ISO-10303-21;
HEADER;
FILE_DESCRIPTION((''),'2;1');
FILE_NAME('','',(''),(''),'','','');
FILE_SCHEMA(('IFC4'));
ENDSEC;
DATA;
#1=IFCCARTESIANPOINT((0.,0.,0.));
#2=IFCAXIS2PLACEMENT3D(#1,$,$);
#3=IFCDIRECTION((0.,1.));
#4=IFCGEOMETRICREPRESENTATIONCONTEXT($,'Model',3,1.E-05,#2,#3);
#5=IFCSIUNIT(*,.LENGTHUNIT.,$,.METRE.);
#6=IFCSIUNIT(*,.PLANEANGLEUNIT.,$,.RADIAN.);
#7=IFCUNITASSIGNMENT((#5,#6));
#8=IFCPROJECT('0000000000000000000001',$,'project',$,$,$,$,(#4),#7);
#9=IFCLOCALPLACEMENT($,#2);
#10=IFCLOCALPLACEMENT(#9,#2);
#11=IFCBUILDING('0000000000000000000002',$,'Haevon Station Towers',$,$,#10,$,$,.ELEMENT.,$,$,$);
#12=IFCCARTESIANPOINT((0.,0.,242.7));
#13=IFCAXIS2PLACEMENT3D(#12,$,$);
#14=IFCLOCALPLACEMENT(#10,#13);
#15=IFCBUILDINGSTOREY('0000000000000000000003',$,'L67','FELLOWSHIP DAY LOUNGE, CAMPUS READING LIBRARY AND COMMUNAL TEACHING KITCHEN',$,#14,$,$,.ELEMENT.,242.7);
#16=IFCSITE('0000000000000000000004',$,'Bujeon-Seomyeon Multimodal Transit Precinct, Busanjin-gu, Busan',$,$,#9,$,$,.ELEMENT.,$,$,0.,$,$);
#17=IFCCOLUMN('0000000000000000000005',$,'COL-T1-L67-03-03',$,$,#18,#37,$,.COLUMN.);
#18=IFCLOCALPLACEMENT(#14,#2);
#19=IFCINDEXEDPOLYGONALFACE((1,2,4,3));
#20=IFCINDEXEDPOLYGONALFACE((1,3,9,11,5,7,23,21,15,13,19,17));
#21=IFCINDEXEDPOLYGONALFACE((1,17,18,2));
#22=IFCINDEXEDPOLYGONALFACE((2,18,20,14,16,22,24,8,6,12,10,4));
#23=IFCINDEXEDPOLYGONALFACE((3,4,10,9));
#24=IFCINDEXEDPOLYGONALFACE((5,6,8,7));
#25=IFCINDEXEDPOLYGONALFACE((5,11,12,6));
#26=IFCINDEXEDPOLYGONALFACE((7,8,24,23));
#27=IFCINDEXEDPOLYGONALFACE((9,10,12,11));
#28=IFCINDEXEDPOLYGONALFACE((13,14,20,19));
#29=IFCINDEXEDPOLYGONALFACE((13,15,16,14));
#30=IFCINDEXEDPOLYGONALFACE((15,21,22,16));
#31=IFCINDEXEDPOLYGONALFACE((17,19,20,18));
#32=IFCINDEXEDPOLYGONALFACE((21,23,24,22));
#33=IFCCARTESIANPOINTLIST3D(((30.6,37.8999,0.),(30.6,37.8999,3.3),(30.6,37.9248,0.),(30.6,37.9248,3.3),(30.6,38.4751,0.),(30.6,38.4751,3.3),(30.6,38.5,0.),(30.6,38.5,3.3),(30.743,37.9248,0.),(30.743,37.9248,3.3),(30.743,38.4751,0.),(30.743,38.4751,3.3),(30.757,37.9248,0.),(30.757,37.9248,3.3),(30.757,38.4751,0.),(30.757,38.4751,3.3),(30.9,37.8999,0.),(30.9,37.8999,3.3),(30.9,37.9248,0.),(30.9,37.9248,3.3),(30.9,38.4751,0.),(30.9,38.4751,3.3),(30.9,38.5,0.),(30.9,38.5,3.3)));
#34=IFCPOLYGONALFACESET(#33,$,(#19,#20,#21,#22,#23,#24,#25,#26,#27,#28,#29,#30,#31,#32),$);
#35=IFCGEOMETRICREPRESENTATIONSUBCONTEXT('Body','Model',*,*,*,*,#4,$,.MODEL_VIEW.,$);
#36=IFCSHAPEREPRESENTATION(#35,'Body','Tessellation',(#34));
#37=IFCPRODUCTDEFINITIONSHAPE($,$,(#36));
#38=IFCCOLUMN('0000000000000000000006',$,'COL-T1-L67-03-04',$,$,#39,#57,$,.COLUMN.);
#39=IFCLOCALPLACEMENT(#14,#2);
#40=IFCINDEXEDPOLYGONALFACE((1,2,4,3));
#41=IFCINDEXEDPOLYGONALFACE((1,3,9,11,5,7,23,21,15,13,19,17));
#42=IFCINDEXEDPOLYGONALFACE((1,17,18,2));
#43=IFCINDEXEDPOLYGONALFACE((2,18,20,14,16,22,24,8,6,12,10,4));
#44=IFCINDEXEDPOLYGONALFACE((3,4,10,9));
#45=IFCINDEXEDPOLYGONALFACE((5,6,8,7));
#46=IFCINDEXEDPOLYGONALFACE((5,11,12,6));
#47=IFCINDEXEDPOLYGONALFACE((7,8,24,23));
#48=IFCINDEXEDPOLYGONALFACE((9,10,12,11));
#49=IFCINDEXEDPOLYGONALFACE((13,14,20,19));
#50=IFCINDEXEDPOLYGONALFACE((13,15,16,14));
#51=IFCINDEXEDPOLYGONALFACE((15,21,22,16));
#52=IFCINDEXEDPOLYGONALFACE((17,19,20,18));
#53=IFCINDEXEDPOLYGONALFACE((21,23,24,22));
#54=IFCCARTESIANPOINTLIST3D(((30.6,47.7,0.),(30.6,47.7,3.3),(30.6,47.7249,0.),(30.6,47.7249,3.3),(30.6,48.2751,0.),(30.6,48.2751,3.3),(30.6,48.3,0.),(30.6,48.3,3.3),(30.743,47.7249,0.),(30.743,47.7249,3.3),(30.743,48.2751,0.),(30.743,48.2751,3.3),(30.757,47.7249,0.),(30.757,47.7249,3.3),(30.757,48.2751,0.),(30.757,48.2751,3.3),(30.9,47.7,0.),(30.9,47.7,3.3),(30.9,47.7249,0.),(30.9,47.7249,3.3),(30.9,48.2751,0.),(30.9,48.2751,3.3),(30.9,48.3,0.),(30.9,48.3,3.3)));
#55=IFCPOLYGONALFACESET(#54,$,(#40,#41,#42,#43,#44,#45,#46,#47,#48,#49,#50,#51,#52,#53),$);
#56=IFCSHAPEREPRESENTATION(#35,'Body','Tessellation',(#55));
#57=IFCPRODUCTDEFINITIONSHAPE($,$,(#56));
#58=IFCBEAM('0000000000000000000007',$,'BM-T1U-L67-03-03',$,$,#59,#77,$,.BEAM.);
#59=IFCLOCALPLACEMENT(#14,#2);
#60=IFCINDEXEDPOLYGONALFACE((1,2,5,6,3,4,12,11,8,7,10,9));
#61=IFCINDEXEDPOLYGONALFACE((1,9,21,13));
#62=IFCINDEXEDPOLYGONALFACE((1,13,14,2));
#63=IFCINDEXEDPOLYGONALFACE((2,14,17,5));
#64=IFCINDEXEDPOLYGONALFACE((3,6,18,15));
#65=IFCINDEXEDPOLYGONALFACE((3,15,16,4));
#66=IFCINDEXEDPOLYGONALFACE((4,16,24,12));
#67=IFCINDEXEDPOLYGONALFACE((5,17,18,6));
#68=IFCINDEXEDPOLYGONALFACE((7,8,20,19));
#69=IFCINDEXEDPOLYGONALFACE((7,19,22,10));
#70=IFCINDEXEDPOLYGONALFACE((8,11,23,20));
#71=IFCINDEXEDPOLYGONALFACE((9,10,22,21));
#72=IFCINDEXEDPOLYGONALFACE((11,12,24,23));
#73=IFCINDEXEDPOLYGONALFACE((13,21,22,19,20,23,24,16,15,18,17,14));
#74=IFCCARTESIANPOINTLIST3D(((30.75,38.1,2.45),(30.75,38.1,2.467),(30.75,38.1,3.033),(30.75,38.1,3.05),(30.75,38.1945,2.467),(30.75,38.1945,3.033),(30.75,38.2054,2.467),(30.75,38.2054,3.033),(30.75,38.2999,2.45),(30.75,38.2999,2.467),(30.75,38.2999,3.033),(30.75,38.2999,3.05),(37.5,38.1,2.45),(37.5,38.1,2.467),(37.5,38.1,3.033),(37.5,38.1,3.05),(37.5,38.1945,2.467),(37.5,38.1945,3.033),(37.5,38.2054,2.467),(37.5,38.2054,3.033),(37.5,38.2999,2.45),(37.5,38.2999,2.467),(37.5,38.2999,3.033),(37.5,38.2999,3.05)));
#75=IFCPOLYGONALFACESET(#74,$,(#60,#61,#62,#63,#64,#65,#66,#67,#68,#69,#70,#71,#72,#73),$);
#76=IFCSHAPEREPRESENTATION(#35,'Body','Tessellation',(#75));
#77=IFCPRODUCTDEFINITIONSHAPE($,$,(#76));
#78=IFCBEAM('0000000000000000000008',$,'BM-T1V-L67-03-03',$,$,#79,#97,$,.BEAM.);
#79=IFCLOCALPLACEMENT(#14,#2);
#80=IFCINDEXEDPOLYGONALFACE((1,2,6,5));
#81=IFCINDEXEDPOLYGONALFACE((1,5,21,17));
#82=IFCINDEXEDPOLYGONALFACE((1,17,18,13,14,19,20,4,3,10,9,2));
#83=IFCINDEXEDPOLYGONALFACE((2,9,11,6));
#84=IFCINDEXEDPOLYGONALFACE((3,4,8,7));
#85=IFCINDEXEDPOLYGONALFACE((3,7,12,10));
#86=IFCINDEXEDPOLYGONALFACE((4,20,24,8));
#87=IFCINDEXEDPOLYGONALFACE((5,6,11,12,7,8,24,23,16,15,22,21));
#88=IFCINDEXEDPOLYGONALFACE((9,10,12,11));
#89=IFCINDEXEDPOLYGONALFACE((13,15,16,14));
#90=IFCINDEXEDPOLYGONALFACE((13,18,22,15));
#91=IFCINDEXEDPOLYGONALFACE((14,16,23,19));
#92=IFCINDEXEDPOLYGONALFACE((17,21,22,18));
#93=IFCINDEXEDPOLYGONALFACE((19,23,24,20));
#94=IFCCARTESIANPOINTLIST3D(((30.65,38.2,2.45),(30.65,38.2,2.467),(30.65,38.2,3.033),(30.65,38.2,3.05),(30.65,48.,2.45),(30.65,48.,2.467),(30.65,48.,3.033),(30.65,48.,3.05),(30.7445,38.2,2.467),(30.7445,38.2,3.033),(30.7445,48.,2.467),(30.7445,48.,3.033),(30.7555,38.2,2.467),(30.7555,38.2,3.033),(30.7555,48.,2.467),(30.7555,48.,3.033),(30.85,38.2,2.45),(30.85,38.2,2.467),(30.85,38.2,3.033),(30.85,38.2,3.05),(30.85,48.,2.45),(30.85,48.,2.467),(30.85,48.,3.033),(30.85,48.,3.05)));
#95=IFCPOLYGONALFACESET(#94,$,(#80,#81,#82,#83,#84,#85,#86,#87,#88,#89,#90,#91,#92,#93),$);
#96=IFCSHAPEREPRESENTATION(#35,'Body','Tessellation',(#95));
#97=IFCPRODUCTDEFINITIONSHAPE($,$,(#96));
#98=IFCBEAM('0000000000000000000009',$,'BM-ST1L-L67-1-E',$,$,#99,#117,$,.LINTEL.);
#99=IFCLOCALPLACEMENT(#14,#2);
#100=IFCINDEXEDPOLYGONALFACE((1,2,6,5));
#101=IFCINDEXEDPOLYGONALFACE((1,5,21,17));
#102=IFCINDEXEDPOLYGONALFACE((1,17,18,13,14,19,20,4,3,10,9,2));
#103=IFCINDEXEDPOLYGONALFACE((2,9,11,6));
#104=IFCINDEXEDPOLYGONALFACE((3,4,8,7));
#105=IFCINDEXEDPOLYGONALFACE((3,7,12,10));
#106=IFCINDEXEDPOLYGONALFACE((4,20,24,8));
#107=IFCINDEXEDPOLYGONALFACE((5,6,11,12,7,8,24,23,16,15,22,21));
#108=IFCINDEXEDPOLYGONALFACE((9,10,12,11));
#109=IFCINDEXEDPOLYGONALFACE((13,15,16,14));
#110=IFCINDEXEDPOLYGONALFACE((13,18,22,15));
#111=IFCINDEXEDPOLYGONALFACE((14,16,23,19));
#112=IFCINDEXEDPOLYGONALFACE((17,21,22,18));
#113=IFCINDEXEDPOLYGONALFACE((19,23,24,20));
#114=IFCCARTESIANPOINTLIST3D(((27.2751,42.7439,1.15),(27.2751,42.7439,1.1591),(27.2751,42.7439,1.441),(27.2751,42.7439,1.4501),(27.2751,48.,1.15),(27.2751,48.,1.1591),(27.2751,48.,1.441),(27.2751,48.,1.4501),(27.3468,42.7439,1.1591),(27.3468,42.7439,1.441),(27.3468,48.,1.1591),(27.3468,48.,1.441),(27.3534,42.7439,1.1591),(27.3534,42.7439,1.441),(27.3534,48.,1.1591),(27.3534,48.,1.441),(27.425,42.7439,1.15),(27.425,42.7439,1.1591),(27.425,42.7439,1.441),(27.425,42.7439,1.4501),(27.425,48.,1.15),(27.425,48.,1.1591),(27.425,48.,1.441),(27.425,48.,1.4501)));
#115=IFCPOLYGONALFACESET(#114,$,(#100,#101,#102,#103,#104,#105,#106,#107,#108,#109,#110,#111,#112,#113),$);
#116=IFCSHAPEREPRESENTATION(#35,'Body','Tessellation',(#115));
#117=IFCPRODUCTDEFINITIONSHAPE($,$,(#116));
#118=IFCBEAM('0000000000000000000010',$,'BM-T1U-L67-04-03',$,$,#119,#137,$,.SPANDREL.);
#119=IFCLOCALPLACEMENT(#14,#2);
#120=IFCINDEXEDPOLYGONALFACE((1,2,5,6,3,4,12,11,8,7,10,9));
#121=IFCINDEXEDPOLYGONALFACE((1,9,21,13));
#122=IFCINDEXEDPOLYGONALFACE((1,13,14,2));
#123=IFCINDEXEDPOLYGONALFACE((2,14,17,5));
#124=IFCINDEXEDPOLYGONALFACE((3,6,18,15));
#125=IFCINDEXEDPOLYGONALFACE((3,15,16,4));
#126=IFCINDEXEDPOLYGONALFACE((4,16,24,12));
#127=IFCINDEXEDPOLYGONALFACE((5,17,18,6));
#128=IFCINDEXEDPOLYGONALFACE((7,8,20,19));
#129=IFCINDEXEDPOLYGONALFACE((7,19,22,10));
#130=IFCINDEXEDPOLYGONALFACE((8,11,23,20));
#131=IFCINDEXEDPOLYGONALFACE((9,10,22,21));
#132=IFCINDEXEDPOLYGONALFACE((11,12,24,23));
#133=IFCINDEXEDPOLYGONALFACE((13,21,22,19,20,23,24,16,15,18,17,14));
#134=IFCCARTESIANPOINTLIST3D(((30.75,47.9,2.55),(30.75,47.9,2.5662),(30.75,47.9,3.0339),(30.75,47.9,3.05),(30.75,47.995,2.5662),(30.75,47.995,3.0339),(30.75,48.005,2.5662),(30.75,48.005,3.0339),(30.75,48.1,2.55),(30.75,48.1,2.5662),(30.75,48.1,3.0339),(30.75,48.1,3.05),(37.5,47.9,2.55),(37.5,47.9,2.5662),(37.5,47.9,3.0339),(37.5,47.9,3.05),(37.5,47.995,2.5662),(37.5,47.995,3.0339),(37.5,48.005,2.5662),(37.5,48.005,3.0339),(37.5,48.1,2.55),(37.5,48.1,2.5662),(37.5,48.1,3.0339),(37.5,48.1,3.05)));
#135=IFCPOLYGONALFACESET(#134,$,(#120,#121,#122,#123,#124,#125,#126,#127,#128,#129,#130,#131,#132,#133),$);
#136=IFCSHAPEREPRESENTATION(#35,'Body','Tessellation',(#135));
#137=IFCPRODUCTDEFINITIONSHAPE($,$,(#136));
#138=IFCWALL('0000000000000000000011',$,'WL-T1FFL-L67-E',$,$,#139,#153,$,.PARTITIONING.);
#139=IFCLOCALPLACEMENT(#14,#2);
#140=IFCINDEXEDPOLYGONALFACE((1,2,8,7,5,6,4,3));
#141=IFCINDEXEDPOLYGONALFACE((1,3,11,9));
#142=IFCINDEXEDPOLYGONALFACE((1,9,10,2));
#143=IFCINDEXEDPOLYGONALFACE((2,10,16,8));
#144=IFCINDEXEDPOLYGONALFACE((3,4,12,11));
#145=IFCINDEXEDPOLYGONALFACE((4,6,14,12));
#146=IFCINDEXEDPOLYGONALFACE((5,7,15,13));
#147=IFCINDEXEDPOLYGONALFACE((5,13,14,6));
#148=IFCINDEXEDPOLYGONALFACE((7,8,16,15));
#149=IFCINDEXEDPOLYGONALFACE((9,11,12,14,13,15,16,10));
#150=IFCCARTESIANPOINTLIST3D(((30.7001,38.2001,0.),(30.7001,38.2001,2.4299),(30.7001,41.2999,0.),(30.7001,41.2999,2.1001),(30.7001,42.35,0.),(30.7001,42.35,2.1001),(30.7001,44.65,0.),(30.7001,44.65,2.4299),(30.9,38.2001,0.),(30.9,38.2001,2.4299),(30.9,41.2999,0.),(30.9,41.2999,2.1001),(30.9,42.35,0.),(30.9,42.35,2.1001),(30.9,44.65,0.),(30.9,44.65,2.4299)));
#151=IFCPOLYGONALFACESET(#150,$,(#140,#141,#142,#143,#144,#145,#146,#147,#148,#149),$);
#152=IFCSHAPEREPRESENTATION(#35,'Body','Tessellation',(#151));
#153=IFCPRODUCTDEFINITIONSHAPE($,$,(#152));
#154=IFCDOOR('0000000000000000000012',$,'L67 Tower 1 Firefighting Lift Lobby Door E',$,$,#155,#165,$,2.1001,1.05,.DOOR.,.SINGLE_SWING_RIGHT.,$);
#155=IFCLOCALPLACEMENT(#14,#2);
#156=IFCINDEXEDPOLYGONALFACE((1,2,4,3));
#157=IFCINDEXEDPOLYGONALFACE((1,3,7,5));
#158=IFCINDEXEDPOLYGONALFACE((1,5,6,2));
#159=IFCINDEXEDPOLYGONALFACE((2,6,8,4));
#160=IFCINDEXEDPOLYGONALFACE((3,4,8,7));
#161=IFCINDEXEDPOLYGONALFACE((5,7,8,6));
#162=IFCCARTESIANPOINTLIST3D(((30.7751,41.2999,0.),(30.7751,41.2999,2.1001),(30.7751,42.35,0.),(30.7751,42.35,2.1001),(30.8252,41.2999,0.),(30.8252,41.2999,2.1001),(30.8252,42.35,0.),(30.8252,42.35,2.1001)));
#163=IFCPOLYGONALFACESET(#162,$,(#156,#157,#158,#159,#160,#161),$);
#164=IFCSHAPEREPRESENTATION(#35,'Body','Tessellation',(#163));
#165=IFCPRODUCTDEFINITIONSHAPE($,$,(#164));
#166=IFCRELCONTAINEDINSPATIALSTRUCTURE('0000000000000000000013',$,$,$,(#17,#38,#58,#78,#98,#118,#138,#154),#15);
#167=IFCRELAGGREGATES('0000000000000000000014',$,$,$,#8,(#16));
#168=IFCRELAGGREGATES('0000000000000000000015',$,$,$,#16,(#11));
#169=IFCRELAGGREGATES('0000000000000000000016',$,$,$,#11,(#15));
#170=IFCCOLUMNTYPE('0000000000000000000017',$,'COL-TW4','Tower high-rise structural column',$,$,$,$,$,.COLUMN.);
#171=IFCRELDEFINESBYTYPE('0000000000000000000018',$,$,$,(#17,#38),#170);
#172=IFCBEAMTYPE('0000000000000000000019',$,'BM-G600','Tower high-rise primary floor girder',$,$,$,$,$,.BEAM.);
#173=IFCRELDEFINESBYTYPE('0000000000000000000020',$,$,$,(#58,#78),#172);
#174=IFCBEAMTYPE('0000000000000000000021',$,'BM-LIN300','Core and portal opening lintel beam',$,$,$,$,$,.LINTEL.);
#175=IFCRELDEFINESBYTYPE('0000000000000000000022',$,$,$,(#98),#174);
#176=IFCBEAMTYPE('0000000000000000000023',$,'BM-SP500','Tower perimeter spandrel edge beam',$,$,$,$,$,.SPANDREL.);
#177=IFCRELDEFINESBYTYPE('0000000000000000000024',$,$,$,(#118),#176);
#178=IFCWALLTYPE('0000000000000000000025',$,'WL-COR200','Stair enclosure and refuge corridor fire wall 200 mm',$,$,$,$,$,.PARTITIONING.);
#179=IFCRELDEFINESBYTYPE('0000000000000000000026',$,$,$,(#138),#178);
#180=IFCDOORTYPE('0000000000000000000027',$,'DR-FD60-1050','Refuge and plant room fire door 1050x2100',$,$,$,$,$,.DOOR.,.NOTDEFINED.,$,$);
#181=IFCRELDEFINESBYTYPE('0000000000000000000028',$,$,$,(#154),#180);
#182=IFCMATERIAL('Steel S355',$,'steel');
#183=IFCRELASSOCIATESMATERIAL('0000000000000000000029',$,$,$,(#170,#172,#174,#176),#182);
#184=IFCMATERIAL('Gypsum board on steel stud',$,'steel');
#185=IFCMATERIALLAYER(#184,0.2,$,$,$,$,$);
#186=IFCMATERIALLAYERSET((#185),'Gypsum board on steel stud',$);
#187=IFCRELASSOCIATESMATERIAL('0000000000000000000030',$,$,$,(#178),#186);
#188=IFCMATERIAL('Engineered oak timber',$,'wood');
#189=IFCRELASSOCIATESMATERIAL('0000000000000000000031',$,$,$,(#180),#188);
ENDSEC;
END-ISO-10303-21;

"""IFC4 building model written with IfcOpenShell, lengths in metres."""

from ifc_helpers import new_model, si_unit, direction, frame, frame_2d, origin, origin_2d, place, context, subcontext, project, spatial, rectangle, i_section, extrude, material, layer, layer_set, material_profile, profile_set, type_object, element, fill, save


model = new_model("IFC4")

# Units and contexts
model_context = context("Model", 3, precision=1e-05, world=origin(), true_north=direction((0.0, 1.0)))
body_context = subcontext(model_context, "Body", "Model", "MODEL_VIEW")
ifc_project = project(units=[si_unit("LENGTHUNIT", "METRE"), si_unit("PLANEANGLEUNIT", "RADIAN")], contexts=[model_context])

# Site, building, storey
site_placement = place(None, origin())
site = spatial("IfcSite", under=ifc_project, at=site_placement, Name="Bujeon-Seomyeon Multimodal Transit Precinct, Busanjin-gu, Busan", CompositionType="ELEMENT", RefElevation=0.0)
building_placement = place(site_placement, origin())
building = spatial("IfcBuilding", under=site, at=building_placement, Name="Haevon Station Towers", CompositionType="ELEMENT")
storey_placement = place(building_placement, frame((0.0, 0.0, 242.7)))
storey = spatial("IfcBuildingStorey", under=building, at=storey_placement, Name="L67", Description="FELLOWSHIP DAY LOUNGE, CAMPUS READING LIBRARY AND COMMUNAL TEACHING KITCHEN", CompositionType="ELEMENT", Elevation=242.7)

# Columns
ifc_material_1 = material(Name="Steel S355", Category="steel")
ifc_material_profile_1 = material_profile(ifc_material_1, i_section(OverallWidth=0.3, OverallDepth=0.6001, WebThickness=0.0139, FlangeThickness=0.0249, at=origin_2d()), Name="H-600x300x14x25")
ifc_profile_set_1 = profile_set([ifc_material_profile_1], Name="Steel S355")
column_type = type_object("IfcColumnType", Name="COL-TW4", Description="Tower high-rise structural column", PredefinedType="COLUMN", material=ifc_profile_set_1)
for number, where, z_axis, x_axis, name in (
    (1, (30.75, 38.2, 0.0), (0.0, 0.0, 1.0), (1.0, 0.0, 0.0), "COL-T1-L67-03-03"),
    (2, (30.75, 48.0, 0.0), (0.0, 0.0, 1.0), (1.0, 0.0, 0.0), "COL-T1-L67-03-04"),
):
    element("IfcColumn", number, at=place(storey_placement, frame(where, z_axis=z_axis, x_axis=x_axis)), inside=storey, type_object=column_type, Name=name, PredefinedType="COLUMN", context=body_context, shape_type="SweptSolid", body=[
        extrude(i_section(OverallWidth=0.3, OverallDepth=0.6001, WebThickness=0.0139, FlangeThickness=0.0249, at=origin_2d()), origin(), (0.0, 0.0, 1.0), 3.3),
    ])

# Beams
ifc_material_profile_2 = material_profile(ifc_material_1, i_section(OverallWidth=0.2, OverallDepth=0.6001, WebThickness=0.011, FlangeThickness=0.0171, at=origin_2d()), Name="H-600x200x11x17")
ifc_profile_set_2 = profile_set([ifc_material_profile_2], Name="Steel S355")
beam_type_1 = type_object("IfcBeamType", Name="BM-G600", Description="Tower high-rise primary floor girder", PredefinedType="BEAM", material=ifc_profile_set_2)
beam_1_placement = place(storey_placement, frame((30.75, 38.2, 2.75), z_axis=(1.0, 0.0, 0.0), x_axis=(0.0, 1.0, 0.0)))
element("IfcBeam", 3, at=beam_1_placement, inside=storey, type_object=beam_type_1, Name="BM-T1U-L67-03-03", PredefinedType="BEAM", context=body_context, shape_type="SweptSolid", body=[
    extrude(i_section(OverallWidth=0.2, OverallDepth=0.6001, WebThickness=0.011, FlangeThickness=0.0171, at=origin_2d()), origin(), (0.0, 0.0, 1.0), 6.75),
])
beam_2_placement = place(storey_placement, frame((30.75, 38.2, 2.75), z_axis=(0.0, 1.0, 0.0), x_axis=(-1.0, 0.0, 0.0)))
element("IfcBeam", 4, at=beam_2_placement, inside=storey, type_object=beam_type_1, Name="BM-T1V-L67-03-03", PredefinedType="BEAM", context=body_context, shape_type="SweptSolid", body=[
    extrude(i_section(OverallWidth=0.2, OverallDepth=0.6001, WebThickness=0.011, FlangeThickness=0.0171, at=origin_2d()), origin(), (0.0, 0.0, 1.0), 9.8),
])
ifc_material_profile_3 = material_profile(ifc_material_1, i_section(OverallWidth=0.1499, OverallDepth=0.3, WebThickness=0.0066, FlangeThickness=0.009, at=origin_2d()), Name="H-300x150x6.5x9")
ifc_profile_set_3 = profile_set([ifc_material_profile_3], Name="Steel S355")
beam_type_2 = type_object("IfcBeamType", Name="BM-LIN300", Description="Core and portal opening lintel beam", PredefinedType="LINTEL", material=ifc_profile_set_3)
beam_3_placement = place(storey_placement, frame((27.3501, 42.7439, 1.3), z_axis=(0.0, 1.0, 0.0), x_axis=(-1.0, 0.0, 0.0)))
element("IfcBeam", 5, at=beam_3_placement, inside=storey, type_object=beam_type_2, Name="BM-ST1L-L67-1-E", PredefinedType="LINTEL", context=body_context, shape_type="SweptSolid", body=[
    extrude(i_section(OverallWidth=0.1499, OverallDepth=0.3, WebThickness=0.0066, FlangeThickness=0.009, at=origin_2d()), origin(), (0.0, 0.0, 1.0), 5.2561),
])
ifc_material_profile_4 = material_profile(ifc_material_1, i_section(OverallWidth=0.2, OverallDepth=0.5, WebThickness=0.01, FlangeThickness=0.0161, at=origin_2d()), Name="H-500x200x10x16")
ifc_profile_set_4 = profile_set([ifc_material_profile_4], Name="Steel S355")
beam_type_3 = type_object("IfcBeamType", Name="BM-SP500", Description="Tower perimeter spandrel edge beam", PredefinedType="SPANDREL", material=ifc_profile_set_4)
beam_4_placement = place(storey_placement, frame((30.75, 48.0, 2.8), z_axis=(1.0, 0.0, 0.0), x_axis=(0.0, 1.0, 0.0)))
element("IfcBeam", 6, at=beam_4_placement, inside=storey, type_object=beam_type_3, Name="BM-T1U-L67-04-03", PredefinedType="SPANDREL", context=body_context, shape_type="SweptSolid", body=[
    extrude(i_section(OverallWidth=0.2, OverallDepth=0.5, WebThickness=0.01, FlangeThickness=0.0161, at=origin_2d()), origin(), (0.0, 0.0, 1.0), 6.75),
])

# Wall, opening, door
ifc_material_2 = material(Name="Gypsum board on steel stud", Category="steel")
ifc_layer_1 = layer(ifc_material_2, 0.2)
ifc_layer_set_1 = layer_set([ifc_layer_1], Name="Gypsum board on steel stud")
wall_type_1 = type_object("IfcWallType", Name="WL-COR200", Description="Stair enclosure and refuge corridor fire wall 200 mm", PredefinedType="PARTITIONING", material=ifc_layer_set_1)
wall_1_placement = place(storey_placement, frame((30.8, 38.2, 0.0), z_axis=(0.0, 0.0, 1.0), x_axis=(0.0, 1.0, 0.0)))
wall_1 = element("IfcWall", 7, at=wall_1_placement, inside=storey, type_object=wall_type_1, Name="WL-T1FFL-L67-E", PredefinedType="PARTITIONING", context=body_context, shape_type="SweptSolid", body=[
    extrude(rectangle(XDim=6.45, YDim=0.2, at=frame_2d((3.2251, 0.0))), origin(), (0.0, 0.0, 1.0), 2.4299),
])
opening_1_placement = place(wall_1_placement, frame((3.1001, 0.0, 0.0)))
opening_1 = element("IfcOpeningElement", 8, at=opening_1_placement, cuts=wall_1, PredefinedType="OPENING", context=body_context, shape_type="SweptSolid", body=[
    extrude(rectangle(XDim=1.05, YDim=2.1001, at=frame_2d((0.5249, 1.05))), frame((0.0, 0.1099, 0.0), z_axis=(0.0, -1.0, 0.0), x_axis=(1.0, 0.0, 0.0)), (0.0, 0.0, 1.0), 0.22),
])
ifc_material_3 = material(Name="Engineered oak timber", Category="wood")
door_type_1 = type_object("IfcDoorType", Name="DR-FD60-1050", Description="Refuge and plant room fire door 1050x2100", OperationType="NOTDEFINED", PredefinedType="DOOR", material=ifc_material_3)
door_1_placement = place(opening_1_placement, origin())
door_1 = element("IfcDoor", 9, at=door_1_placement, inside=storey, type_object=door_type_1, Name="L67 Tower 1 Firefighting Lift Lobby Door E", OperationType="SINGLE_SWING_RIGHT", OverallHeight=2.1001, OverallWidth=1.05, PredefinedType="DOOR", context=body_context, shape_type="SweptSolid", body=[
    extrude(rectangle(XDim=1.05, YDim=2.1001, at=frame_2d((0.5249, 1.05))), frame((0.0, 0.0249, 0.0), z_axis=(0.0, -1.0, 0.0), x_axis=(1.0, 0.0, 0.0)), (0.0, 0.0, 1.0), 0.05),
])
fill(opening_1, door_1)

save(model, "model.ifc")
